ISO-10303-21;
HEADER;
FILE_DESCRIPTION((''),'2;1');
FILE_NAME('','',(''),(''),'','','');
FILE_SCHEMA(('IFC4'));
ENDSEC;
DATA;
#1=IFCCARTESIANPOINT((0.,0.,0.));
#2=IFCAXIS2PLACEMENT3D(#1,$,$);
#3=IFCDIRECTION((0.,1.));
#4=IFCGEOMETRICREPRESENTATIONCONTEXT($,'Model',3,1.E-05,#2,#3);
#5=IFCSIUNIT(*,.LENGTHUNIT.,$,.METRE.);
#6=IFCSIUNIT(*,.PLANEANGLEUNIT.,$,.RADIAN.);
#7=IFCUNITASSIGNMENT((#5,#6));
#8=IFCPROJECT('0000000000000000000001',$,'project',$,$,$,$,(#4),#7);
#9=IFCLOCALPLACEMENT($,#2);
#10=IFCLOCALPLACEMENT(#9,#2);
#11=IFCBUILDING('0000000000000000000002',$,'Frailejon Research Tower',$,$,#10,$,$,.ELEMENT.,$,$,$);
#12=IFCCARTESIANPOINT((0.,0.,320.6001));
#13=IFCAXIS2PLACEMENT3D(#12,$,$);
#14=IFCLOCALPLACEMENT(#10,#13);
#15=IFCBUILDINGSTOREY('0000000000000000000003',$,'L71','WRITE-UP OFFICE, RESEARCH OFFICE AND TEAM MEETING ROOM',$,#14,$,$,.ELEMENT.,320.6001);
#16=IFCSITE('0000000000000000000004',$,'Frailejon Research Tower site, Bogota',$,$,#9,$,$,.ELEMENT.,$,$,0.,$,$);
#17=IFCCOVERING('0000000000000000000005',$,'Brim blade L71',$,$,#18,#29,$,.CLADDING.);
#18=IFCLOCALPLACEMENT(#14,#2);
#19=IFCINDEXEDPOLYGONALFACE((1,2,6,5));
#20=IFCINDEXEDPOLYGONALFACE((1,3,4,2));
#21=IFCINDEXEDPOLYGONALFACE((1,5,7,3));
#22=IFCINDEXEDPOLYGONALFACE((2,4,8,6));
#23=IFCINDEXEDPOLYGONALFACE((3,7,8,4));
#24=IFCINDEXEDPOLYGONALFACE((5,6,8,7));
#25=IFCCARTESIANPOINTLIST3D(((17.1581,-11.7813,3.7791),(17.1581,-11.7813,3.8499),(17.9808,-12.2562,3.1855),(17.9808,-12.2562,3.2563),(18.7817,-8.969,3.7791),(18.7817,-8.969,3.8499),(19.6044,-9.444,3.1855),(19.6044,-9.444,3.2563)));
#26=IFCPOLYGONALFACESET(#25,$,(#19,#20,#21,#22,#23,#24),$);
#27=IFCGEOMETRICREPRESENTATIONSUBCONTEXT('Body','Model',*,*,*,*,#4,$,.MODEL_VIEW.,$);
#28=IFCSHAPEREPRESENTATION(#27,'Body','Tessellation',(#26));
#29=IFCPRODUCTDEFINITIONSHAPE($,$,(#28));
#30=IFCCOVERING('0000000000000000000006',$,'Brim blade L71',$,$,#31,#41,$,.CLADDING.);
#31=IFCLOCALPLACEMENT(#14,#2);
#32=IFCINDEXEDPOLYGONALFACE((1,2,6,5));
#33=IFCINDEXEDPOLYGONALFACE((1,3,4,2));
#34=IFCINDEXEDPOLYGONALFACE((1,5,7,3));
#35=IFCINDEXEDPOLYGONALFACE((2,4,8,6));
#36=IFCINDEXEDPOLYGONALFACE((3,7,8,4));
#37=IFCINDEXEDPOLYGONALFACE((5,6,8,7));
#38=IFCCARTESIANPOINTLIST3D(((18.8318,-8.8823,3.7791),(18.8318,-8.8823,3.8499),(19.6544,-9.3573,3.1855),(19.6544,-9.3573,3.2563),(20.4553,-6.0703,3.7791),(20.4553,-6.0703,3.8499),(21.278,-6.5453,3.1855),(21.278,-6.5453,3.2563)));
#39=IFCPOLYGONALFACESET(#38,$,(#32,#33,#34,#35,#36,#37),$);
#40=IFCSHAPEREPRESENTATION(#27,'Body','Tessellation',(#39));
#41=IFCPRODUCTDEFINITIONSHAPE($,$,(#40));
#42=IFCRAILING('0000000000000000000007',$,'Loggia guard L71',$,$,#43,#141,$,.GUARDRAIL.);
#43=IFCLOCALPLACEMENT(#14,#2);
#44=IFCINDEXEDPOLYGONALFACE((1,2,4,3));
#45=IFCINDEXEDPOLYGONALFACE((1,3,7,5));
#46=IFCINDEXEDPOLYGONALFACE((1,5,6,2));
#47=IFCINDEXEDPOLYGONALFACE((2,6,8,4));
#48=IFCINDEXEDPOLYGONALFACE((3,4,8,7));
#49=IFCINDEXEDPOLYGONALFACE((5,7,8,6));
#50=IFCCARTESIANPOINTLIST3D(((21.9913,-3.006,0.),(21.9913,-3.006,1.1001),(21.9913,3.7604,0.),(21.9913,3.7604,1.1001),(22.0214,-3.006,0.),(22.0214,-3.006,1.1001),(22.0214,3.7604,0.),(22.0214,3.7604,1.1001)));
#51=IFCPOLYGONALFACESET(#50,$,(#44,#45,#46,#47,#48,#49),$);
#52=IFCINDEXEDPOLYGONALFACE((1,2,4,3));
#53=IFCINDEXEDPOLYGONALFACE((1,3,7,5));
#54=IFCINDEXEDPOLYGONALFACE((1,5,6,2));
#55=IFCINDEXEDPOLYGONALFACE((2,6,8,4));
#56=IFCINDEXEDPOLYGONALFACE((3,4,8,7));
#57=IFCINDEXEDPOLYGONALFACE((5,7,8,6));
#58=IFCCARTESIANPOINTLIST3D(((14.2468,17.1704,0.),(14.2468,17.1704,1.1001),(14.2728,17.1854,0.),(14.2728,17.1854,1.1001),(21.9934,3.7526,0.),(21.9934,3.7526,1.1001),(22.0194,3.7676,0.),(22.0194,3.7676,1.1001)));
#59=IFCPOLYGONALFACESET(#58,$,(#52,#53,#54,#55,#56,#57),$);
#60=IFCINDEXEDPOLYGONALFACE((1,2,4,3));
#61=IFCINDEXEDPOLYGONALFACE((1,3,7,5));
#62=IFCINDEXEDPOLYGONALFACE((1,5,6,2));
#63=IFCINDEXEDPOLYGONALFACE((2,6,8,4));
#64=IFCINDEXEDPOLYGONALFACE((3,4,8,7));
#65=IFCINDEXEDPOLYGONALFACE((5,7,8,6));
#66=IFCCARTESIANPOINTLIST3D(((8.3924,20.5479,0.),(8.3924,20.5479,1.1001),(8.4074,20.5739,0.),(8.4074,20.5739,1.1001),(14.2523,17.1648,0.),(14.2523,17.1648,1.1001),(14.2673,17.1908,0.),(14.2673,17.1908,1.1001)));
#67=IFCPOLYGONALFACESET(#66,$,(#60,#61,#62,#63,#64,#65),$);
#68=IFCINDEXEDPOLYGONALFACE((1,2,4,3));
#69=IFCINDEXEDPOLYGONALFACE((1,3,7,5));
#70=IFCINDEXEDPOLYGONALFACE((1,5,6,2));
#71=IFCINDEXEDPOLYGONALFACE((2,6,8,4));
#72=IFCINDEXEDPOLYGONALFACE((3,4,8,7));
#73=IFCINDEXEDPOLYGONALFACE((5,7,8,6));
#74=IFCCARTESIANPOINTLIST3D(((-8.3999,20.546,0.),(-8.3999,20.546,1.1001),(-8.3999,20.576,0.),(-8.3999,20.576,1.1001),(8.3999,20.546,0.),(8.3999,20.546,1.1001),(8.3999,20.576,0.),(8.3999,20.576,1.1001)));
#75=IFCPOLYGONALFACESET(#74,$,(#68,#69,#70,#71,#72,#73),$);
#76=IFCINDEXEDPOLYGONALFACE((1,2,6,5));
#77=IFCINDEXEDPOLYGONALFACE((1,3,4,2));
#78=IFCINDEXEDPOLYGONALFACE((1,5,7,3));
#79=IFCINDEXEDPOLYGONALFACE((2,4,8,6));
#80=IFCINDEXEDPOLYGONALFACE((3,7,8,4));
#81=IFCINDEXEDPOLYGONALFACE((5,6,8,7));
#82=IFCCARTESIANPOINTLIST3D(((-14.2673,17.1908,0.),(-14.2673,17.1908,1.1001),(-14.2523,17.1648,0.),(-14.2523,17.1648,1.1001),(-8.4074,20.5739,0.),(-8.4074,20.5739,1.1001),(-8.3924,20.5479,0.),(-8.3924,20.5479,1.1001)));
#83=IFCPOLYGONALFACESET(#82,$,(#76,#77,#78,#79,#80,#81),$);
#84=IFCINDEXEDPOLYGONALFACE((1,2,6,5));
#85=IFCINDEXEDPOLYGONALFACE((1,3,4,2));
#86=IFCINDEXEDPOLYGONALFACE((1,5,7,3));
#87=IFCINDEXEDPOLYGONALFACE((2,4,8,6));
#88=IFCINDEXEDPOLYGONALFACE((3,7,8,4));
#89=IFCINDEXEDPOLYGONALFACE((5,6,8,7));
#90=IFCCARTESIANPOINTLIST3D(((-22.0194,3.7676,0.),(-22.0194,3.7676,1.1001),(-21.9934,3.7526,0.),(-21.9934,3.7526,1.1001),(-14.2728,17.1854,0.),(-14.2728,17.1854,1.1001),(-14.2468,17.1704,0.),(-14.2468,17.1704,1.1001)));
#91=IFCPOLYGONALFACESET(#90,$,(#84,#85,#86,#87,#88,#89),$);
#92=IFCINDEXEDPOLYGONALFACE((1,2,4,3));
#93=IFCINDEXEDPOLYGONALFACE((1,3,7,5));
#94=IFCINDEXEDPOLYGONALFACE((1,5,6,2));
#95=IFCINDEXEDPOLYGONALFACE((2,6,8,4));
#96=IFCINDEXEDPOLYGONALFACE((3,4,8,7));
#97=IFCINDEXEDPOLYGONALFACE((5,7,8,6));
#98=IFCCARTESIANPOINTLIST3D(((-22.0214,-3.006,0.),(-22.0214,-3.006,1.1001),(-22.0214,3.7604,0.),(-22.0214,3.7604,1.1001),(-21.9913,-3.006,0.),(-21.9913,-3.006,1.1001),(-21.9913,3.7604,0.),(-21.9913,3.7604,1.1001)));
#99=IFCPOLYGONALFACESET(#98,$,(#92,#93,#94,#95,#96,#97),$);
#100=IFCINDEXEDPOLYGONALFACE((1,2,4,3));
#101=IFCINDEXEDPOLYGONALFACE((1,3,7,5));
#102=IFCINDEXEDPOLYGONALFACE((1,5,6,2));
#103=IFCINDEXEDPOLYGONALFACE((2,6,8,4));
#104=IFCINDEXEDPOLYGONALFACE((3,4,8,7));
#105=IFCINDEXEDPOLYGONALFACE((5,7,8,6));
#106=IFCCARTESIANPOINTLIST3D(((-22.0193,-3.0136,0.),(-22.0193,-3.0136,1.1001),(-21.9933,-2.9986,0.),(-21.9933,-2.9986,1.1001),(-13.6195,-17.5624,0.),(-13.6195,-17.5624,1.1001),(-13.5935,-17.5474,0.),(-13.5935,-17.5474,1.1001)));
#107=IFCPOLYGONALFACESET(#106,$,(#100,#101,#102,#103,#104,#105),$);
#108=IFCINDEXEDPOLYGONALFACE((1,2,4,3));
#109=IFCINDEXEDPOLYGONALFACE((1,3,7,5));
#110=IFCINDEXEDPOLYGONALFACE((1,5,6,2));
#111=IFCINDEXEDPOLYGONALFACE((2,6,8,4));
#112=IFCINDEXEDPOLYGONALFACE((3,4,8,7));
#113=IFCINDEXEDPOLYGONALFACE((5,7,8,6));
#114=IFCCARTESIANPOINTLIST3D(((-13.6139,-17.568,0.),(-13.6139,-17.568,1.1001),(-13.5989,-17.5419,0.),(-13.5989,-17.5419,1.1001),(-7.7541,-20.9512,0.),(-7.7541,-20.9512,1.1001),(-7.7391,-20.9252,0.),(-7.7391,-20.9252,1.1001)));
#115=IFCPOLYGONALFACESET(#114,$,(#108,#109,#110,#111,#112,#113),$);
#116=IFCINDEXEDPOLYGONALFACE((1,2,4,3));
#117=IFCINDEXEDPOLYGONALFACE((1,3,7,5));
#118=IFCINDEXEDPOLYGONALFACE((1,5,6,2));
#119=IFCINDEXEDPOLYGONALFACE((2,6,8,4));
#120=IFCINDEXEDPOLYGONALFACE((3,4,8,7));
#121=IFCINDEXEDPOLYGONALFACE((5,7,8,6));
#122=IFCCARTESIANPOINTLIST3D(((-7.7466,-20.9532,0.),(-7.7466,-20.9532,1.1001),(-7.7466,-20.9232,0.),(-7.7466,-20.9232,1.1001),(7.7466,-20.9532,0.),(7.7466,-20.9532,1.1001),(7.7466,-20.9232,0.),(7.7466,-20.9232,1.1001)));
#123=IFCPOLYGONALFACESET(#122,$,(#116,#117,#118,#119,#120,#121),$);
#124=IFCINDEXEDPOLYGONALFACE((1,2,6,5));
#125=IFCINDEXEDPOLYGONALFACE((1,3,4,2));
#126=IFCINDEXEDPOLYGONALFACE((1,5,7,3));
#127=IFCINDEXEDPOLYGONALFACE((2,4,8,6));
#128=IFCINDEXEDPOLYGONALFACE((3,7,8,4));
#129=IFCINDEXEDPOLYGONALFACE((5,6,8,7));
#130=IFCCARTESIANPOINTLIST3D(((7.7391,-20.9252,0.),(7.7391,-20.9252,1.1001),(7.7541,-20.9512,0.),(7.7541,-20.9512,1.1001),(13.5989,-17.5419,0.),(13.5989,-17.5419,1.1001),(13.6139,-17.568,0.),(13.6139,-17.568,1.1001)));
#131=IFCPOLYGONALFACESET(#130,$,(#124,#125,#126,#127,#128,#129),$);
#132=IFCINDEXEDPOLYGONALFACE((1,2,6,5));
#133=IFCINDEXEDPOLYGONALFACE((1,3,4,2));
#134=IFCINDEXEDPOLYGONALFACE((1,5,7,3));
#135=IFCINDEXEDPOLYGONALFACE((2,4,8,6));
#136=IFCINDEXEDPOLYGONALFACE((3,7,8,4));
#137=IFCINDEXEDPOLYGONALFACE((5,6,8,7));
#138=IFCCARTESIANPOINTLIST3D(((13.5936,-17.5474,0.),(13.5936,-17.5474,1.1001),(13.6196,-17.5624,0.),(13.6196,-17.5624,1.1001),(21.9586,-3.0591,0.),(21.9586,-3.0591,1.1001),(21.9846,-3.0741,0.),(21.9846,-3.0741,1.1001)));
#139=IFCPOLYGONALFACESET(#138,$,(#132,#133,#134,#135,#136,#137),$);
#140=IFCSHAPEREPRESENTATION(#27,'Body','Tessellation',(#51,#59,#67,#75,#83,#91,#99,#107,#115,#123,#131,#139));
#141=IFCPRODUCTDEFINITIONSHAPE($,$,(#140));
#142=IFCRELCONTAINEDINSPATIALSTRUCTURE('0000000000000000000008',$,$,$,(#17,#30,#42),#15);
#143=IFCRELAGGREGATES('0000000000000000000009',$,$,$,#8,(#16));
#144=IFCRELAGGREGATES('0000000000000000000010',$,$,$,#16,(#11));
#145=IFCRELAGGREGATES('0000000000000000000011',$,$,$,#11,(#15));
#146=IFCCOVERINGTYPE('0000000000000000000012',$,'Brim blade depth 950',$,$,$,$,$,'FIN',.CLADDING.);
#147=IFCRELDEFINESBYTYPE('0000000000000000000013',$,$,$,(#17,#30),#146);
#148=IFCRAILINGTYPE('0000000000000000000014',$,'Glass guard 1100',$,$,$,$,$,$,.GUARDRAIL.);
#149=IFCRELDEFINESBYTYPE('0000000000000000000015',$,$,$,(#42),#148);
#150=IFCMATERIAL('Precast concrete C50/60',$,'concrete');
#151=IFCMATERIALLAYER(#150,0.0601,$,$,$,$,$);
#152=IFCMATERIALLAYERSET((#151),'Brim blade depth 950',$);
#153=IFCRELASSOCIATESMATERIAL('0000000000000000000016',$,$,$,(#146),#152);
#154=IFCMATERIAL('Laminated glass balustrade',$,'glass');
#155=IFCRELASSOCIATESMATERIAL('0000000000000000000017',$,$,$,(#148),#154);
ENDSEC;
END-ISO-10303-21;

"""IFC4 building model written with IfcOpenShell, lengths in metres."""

from ifc_helpers import new_model, si_unit, direction, frame, origin, origin_2d, place, context, subcontext, project, spatial, polyline, rectangle, outline, extrude, material, layer, layer_set, type_object, element, save


model = new_model("IFC4")

# Units and contexts
model_context = context("Model", 3, precision=1e-05, world=origin(), true_north=direction((0.0, 1.0)))
body_context = subcontext(model_context, "Body", "Model", "MODEL_VIEW")
ifc_project = project(units=[si_unit("LENGTHUNIT", "METRE"), si_unit("PLANEANGLEUNIT", "RADIAN")], contexts=[model_context])

# Site, building, storey
site_placement = place(None, origin())
site = spatial("IfcSite", under=ifc_project, at=site_placement, Name="Frailejon Research Tower site, Bogota", CompositionType="ELEMENT", RefElevation=0.0)
building_placement = place(site_placement, origin())
building = spatial("IfcBuilding", under=site, at=building_placement, Name="Frailejon Research Tower", CompositionType="ELEMENT")
storey_placement = place(building_placement, frame((0.0, 0.0, 320.6001)))
storey = spatial("IfcBuildingStorey", under=building, at=storey_placement, Name="L71", Description="WRITE-UP OFFICE, RESEARCH OFFICE AND TEAM MEETING ROOM", CompositionType="ELEMENT", Elevation=320.6001)

# Coverings
ifc_material_1 = material(Name="Precast concrete C50/60", Category="concrete")
ifc_layer_1 = layer(ifc_material_1, 0.0601)
ifc_layer_set_1 = layer_set([ifc_layer_1], Name="Brim blade depth 950")
covering_type_1 = type_object("IfcCoveringType", Name="Brim blade depth 950", ElementType="FIN", PredefinedType="CLADDING", material=ifc_layer_set_1)
covering_1_placement = place(storey_placement, frame((18.7817, -8.969, 3.8499), z_axis=(-0.499995, -0.866028, 0.0), x_axis=(0.866028, -0.499995, 0.0)))
element("IfcCovering", 1, at=covering_1_placement, inside=storey, type_object=covering_type_1, Name="Brim blade L71", PredefinedType="CLADDING", context=body_context, shape_type="SweptSolid", body=[
    extrude(outline(polyline([(0.0, -0.0708), (0.95, -0.6643), (0.95, -0.5935), (0.0, 0.0), (0.0, -0.0708)])), origin(), (0.0, 0.0, 1.0), 3.2473),
])
covering_2_placement = place(storey_placement, frame((20.4553, -6.0703, 3.8499), z_axis=(-0.500008, -0.866021, 0.0), x_axis=(0.866021, -0.500008, 0.0)))
element("IfcCovering", 2, at=covering_2_placement, inside=storey, type_object=covering_type_1, Name="Brim blade L71", PredefinedType="CLADDING", context=body_context, shape_type="SweptSolid", body=[
    extrude(outline(polyline([(0.0, -0.0708), (0.95, -0.6643), (0.95, -0.5935), (0.0, 0.0), (0.0, -0.0708)])), origin(), (0.0, 0.0, 1.0), 3.2471),
])

# Railing
ifc_material_2 = material(Name="Laminated glass balustrade", Category="glass")
railing_type = type_object("IfcRailingType", Name="Glass guard 1100", PredefinedType="GUARDRAIL", material=ifc_material_2)
railing_placement = place(storey_placement, frame((22.0063, -3.0061, 0.0)))
element("IfcRailing", 3, at=railing_placement, inside=storey, type_object=railing_type, Name="Loggia guard L71", PredefinedType="GUARDRAIL", context=body_context, shape_type="SweptSolid", body=[
    extrude(rectangle(XDim=6.7664, YDim=0.03, at=origin_2d()), frame((0.0, 3.3833, 0.0), z_axis=(0.0, 0.0, 1.0), x_axis=(0.0, 1.0, 0.0)), (0.0, 0.0, 1.0), 1.1001),
    extrude(rectangle(XDim=15.4934, YDim=0.03, at=origin_2d()), frame((-3.8733, 13.4751, 0.0), z_axis=(0.0, 0.0, 1.0), x_axis=(-0.499993, 0.866029, 0.0)), (0.0, 0.0, 1.0), 1.1001),
    extrude(rectangle(XDim=6.7664, YDim=0.03, at=origin_2d()), frame((-10.6765, 21.8755, 0.0), z_axis=(0.0, 0.0, 1.0), x_axis=(-0.866034, 0.499985, 0.0)), (0.0, 0.0, 1.0), 1.1001),
    extrude(rectangle(XDim=16.7998, YDim=0.03, at=origin_2d()), frame((-22.0063, 23.5671, 0.0), z_axis=(0.0, 0.0, 1.0), x_axis=(-1.0, 0.0, 0.0)), (0.0, 0.0, 1.0), 1.1001),
    extrude(rectangle(XDim=6.7664, YDim=0.03, at=origin_2d()), frame((-33.3362, 21.8755, 0.0), z_axis=(0.0, 0.0, 1.0), x_axis=(-0.866034, -0.499985, 0.0)), (0.0, 0.0, 1.0), 1.1001),
    extrude(rectangle(XDim=15.4934, YDim=0.03, at=origin_2d()), frame((-40.1394, 13.4751, 0.0), z_axis=(0.0, 0.0, 1.0), x_axis=(-0.499993, -0.866029, 0.0)), (0.0, 0.0, 1.0), 1.1001),
    extrude(rectangle(XDim=6.7664, YDim=0.03, at=origin_2d()), frame((-44.0127, 3.3833, 0.0), z_axis=(0.0, 0.0, 1.0), x_axis=(0.0, -1.0, 0.0)), (0.0, 0.0, 1.0), 1.1001),
    extrude(rectangle(XDim=16.7996, YDim=0.03, at=origin_2d()), frame((-39.8127, -7.2744, 0.0), z_axis=(0.0, 0.0, 1.0), x_axis=(0.500006, -0.866022, 0.0)), (0.0, 0.0, 1.0), 1.1001),
    extrude(rectangle(XDim=6.7664, YDim=0.03, at=origin_2d()), frame((-32.6829, -16.2405, 0.0), z_axis=(0.0, 0.0, 1.0), x_axis=(0.866019, -0.500012, 0.0)), (0.0, 0.0, 1.0), 1.1001),
    extrude(rectangle(XDim=15.4932, YDim=0.03, at=origin_2d()), frame((-22.0063, -17.9321, 0.0), z_axis=(0.0, 0.0, 1.0), x_axis=(1.0, 0.0, 0.0)), (0.0, 0.0, 1.0), 1.1001),
    extrude(rectangle(XDim=6.7664, YDim=0.03, at=origin_2d()), frame((-11.3298, -16.2405, 0.0), z_axis=(0.0, 0.0, 1.0), x_axis=(0.866019, 0.500012, 0.0)), (0.0, 0.0, 1.0), 1.1001),
    extrude(rectangle(XDim=16.7297, YDim=0.03, at=origin_2d()), frame((-4.2173, -7.3047, 0.0), z_axis=(0.0, 0.0, 1.0), x_axis=(0.500008, 0.866021, 0.0)), (0.0, 0.0, 1.0), 1.1001),
])

save(model, "model.ifc")
